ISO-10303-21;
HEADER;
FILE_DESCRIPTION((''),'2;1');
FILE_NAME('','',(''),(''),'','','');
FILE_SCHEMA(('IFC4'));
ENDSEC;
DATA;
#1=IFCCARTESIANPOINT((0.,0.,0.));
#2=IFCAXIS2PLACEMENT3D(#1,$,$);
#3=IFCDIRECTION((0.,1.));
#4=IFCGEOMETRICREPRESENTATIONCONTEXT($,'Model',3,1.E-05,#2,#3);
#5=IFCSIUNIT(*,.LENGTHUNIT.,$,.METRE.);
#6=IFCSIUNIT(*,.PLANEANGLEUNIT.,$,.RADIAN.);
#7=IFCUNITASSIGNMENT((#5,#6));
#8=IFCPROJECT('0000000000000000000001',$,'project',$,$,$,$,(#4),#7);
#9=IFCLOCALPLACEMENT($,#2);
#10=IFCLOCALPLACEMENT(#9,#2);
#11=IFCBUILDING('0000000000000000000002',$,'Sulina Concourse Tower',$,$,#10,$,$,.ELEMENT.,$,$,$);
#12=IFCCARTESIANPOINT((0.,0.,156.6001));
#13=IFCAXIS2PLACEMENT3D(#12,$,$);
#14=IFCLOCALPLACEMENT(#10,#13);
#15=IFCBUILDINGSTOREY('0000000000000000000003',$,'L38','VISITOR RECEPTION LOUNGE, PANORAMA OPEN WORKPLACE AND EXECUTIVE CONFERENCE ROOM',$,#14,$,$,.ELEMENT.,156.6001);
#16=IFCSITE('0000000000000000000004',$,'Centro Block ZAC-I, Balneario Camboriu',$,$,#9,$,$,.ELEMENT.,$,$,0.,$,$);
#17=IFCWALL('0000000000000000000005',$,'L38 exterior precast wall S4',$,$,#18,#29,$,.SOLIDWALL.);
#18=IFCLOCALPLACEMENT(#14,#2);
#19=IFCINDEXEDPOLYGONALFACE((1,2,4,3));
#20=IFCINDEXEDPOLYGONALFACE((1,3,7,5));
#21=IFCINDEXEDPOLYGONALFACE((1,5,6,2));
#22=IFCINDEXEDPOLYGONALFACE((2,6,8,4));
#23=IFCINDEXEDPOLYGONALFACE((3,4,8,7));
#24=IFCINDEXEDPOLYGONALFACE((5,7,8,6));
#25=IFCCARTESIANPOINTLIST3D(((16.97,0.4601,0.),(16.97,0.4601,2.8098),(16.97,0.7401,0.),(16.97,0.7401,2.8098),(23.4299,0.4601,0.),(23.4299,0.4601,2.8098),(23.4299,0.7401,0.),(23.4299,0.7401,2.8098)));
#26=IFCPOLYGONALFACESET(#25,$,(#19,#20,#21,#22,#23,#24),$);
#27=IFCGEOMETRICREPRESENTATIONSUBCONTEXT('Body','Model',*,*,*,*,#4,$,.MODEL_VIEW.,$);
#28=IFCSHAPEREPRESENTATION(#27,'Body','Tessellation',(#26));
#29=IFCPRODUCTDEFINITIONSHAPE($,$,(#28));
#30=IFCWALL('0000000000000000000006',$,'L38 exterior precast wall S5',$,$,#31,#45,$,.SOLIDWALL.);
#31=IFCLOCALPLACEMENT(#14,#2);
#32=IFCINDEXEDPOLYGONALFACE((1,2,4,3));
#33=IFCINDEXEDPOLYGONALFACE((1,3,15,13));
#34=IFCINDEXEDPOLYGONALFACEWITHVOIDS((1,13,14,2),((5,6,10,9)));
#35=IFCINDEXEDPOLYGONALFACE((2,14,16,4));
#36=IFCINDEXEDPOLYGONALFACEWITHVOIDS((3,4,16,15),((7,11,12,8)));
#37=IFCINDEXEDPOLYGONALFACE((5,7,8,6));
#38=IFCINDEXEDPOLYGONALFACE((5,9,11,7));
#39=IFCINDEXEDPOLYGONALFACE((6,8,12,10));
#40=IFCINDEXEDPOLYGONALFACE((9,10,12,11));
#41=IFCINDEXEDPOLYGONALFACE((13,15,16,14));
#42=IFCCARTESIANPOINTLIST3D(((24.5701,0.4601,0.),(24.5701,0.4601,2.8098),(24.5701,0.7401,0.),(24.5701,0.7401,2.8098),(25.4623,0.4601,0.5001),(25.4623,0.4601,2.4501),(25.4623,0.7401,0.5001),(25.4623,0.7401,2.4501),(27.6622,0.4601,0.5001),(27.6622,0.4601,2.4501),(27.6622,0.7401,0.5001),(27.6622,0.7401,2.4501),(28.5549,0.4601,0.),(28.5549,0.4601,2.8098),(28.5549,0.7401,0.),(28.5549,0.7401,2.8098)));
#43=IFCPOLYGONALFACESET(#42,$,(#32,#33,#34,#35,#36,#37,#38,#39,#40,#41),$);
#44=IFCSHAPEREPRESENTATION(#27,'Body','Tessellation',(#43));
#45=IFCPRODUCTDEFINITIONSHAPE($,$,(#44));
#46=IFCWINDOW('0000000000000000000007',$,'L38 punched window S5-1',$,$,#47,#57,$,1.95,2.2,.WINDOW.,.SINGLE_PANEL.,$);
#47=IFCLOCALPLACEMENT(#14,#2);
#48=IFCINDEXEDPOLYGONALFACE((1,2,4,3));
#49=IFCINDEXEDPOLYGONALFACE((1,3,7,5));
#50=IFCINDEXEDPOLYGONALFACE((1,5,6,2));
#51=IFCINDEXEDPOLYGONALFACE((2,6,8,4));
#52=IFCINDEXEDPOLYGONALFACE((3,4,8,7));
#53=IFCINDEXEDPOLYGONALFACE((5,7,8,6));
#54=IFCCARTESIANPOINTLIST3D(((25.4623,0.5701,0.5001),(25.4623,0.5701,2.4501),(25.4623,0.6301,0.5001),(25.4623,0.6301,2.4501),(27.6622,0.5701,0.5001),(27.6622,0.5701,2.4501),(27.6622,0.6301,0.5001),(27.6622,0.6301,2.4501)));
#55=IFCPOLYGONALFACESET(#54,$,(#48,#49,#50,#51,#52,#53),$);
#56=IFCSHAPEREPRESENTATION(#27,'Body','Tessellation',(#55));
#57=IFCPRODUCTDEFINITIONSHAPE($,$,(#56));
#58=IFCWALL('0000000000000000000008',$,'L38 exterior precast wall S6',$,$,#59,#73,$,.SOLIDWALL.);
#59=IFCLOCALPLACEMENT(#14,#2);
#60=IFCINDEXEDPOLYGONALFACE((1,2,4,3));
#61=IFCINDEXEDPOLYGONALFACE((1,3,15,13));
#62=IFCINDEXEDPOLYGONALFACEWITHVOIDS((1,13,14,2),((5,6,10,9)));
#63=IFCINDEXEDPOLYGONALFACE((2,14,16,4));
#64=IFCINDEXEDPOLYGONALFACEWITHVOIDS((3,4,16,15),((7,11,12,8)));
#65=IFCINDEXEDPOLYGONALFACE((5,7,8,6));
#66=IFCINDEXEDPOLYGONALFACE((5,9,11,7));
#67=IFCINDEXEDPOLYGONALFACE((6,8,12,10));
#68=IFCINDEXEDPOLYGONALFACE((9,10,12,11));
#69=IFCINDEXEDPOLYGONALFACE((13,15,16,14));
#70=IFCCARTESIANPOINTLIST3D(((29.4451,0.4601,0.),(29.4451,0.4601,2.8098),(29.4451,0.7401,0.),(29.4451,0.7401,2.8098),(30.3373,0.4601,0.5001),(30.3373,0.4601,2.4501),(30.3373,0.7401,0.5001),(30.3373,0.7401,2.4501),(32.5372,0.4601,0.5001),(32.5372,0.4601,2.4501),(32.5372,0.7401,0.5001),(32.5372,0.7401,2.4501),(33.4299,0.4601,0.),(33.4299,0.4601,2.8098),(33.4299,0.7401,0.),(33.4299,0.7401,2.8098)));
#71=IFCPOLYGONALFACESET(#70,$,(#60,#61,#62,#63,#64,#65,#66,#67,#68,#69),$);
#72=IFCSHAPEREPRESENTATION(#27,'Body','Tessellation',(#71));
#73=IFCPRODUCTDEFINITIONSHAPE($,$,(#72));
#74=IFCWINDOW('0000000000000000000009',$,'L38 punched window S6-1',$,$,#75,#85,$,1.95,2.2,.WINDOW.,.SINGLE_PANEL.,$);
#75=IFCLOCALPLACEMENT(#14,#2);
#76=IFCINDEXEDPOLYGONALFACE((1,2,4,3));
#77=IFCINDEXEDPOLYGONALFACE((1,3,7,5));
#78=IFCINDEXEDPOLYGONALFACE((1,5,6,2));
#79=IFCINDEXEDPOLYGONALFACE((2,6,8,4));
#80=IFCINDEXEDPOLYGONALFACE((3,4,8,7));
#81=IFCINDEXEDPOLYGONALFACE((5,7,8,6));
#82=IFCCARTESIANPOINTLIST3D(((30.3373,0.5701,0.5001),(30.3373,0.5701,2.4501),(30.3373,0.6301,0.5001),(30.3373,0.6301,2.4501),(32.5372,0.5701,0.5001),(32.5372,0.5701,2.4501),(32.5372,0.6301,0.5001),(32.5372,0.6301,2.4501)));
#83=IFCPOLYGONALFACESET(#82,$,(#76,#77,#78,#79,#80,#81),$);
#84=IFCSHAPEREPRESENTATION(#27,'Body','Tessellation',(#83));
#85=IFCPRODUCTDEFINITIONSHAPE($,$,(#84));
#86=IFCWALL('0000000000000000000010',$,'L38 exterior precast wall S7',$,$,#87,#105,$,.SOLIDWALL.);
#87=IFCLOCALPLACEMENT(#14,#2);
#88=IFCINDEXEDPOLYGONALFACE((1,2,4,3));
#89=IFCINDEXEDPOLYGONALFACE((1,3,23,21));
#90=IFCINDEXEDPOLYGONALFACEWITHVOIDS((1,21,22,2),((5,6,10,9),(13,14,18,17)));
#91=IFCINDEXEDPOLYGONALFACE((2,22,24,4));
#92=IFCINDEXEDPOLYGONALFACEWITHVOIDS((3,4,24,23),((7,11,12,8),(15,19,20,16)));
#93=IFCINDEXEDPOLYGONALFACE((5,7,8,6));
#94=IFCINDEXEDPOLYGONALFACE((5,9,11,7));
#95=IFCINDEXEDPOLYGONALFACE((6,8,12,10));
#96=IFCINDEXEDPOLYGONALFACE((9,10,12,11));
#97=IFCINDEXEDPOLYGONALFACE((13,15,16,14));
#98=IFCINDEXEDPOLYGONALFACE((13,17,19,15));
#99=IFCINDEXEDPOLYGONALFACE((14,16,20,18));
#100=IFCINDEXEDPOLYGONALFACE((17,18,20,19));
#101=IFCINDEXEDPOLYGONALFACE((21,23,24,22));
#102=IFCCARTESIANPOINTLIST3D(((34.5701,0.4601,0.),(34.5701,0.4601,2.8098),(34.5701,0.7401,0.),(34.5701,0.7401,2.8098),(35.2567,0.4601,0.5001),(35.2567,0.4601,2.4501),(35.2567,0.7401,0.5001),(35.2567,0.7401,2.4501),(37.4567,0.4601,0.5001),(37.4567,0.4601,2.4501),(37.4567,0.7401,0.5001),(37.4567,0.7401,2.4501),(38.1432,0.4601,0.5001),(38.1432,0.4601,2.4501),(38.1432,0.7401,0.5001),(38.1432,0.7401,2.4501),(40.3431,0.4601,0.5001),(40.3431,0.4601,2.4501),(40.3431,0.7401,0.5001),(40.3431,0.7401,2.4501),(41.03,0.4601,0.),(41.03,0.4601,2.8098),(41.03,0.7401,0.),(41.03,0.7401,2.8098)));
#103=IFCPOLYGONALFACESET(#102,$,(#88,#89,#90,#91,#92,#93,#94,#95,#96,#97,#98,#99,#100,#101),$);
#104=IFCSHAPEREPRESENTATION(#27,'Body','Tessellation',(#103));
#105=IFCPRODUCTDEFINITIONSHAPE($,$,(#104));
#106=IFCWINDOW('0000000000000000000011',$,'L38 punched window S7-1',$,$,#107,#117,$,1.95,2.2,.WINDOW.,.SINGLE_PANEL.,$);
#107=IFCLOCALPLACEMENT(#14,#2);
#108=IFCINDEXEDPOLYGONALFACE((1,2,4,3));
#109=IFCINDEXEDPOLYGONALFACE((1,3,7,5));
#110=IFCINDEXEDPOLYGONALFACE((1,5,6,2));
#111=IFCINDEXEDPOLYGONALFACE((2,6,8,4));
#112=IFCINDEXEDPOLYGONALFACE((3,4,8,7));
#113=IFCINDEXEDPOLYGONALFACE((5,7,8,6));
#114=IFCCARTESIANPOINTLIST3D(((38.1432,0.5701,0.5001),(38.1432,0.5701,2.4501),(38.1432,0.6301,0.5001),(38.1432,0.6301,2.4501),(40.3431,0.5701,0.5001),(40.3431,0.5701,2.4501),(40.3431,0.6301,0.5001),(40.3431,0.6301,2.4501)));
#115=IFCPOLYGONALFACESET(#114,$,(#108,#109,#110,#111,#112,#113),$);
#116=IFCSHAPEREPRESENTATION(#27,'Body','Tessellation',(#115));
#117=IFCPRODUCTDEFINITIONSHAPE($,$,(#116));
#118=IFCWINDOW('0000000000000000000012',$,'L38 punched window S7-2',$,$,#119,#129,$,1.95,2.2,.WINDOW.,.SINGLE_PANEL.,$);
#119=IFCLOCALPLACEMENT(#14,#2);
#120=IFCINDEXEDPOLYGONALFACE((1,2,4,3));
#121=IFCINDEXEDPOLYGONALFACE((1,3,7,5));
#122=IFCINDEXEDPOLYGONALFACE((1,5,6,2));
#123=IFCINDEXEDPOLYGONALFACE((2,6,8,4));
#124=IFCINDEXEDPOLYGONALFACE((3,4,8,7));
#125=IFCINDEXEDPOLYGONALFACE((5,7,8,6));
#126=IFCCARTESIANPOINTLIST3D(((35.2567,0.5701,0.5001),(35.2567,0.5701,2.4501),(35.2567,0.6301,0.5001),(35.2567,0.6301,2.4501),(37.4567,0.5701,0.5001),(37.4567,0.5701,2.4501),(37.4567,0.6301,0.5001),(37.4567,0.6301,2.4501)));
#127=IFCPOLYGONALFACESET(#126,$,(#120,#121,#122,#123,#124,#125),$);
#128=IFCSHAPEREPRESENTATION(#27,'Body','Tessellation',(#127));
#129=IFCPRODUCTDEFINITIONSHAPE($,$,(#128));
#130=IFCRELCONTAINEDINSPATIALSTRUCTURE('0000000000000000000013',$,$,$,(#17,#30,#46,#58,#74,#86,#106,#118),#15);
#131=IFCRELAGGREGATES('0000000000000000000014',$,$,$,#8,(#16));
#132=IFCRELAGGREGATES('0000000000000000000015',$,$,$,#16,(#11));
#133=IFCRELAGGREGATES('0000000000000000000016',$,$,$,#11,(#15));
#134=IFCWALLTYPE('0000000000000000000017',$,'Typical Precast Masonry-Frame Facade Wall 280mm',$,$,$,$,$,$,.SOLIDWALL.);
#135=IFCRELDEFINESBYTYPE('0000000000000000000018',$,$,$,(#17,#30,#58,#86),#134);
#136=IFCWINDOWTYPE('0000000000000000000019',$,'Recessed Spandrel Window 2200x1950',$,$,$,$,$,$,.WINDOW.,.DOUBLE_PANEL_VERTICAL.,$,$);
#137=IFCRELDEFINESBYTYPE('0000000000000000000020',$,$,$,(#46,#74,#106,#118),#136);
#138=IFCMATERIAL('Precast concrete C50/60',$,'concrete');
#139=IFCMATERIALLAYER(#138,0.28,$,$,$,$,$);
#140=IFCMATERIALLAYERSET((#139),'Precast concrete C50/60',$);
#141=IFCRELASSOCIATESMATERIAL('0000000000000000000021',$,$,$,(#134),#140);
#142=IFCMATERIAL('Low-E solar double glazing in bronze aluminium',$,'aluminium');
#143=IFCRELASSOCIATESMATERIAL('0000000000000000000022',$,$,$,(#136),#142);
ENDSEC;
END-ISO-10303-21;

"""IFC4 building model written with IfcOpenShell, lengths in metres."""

from ifc_helpers import new_model, si_unit, direction, frame, frame_2d, origin, place, context, subcontext, project, spatial, rectangle, extrude, material, layer, layer_set, type_object, element, fill, save


model = new_model("IFC4")

# Units and contexts
model_context = context("Model", 3, precision=1e-05, world=origin(), true_north=direction((0.0, 1.0)))
body_context = subcontext(model_context, "Body", "Model", "MODEL_VIEW")
ifc_project = project(units=[si_unit("LENGTHUNIT", "METRE"), si_unit("PLANEANGLEUNIT", "RADIAN")], contexts=[model_context])

# Site, building, storey
site_placement = place(None, origin())
site = spatial("IfcSite", under=ifc_project, at=site_placement, Name="Centro Block ZAC-I, Balneario Camboriu", CompositionType="ELEMENT", RefElevation=0.0)
building_placement = place(site_placement, origin())
building = spatial("IfcBuilding", under=site, at=building_placement, Name="Sulina Concourse Tower", CompositionType="ELEMENT")
storey_placement = place(building_placement, frame((0.0, 0.0, 156.6001)))
storey = spatial("IfcBuildingStorey", under=building, at=storey_placement, Name="L38", Description="VISITOR RECEPTION LOUNGE, PANORAMA OPEN WORKPLACE AND EXECUTIVE CONFERENCE ROOM", CompositionType="ELEMENT", Elevation=156.6001)

# Wall
ifc_material_1 = material(Name="Precast concrete C50/60", Category="concrete")
ifc_layer_1 = layer(ifc_material_1, 0.28)
ifc_layer_set_1 = layer_set([ifc_layer_1], Name="Precast concrete C50/60")
wall_type_1 = type_object("IfcWallType", Name="Typical Precast Masonry-Frame Facade Wall 280mm", PredefinedType="SOLIDWALL", material=ifc_layer_set_1)
wall_1_placement = place(storey_placement, frame((23.4299, 0.6001, 0.0), z_axis=(0.0, 0.0, 1.0), x_axis=(-1.0, 0.0, 0.0)))
element("IfcWall", 1, at=wall_1_placement, inside=storey, type_object=wall_type_1, Name="L38 exterior precast wall S4", PredefinedType="SOLIDWALL", context=body_context, shape_type="SweptSolid", body=[
    extrude(rectangle(XDim=6.46, YDim=0.28, at=frame_2d((3.23, 0.0))), origin(), (0.0, 0.0, 1.0), 2.8098),
])

# Walls, openings, windows
wall_2_placement = place(storey_placement, frame((28.5549, 0.6001, 0.0), z_axis=(0.0, 0.0, 1.0), x_axis=(-1.0, 0.0, 0.0)))
wall_2 = element("IfcWall", 2, at=wall_2_placement, inside=storey, type_object=wall_type_1, Name="L38 exterior precast wall S5", PredefinedType="SOLIDWALL", context=body_context, shape_type="SweptSolid", body=[
    extrude(rectangle(XDim=3.9849, YDim=0.28, at=frame_2d((1.9924, 0.0))), origin(), (0.0, 0.0, 1.0), 2.8098),
])
opening_1_placement = place(wall_2_placement, frame((0.8926, 0.0, 0.5)))
opening_1 = element("IfcOpeningElement", 3, at=opening_1_placement, cuts=wall_2, PredefinedType="OPENING", context=body_context, shape_type="SweptSolid", body=[
    extrude(rectangle(XDim=2.2, YDim=1.95, at=frame_2d((1.1001, 0.9751))), frame((0.0, 0.1499, 0.0), z_axis=(0.0, -1.0, 0.0), x_axis=(1.0, 0.0, 0.0)), (0.0, 0.0, 1.0), 0.3),
])
ifc_material_2 = material(Name="Low-E solar double glazing in bronze aluminium", Category="aluminium")
window_type = type_object("IfcWindowType", Name="Recessed Spandrel Window 2200x1950", PartitioningType="DOUBLE_PANEL_VERTICAL", PredefinedType="WINDOW", material=ifc_material_2)
window_1_placement = place(opening_1_placement, origin())
window_1 = element("IfcWindow", 4, at=window_1_placement, inside=storey, type_object=window_type, Name="L38 punched window S5-1", OverallHeight=1.95, OverallWidth=2.2, PartitioningType="SINGLE_PANEL", PredefinedType="WINDOW", context=body_context, shape_type="SweptSolid", body=[
    extrude(rectangle(XDim=2.2, YDim=1.95, at=frame_2d((1.1001, 0.9751))), frame((0.0, 0.03, 0.0), z_axis=(0.0, -1.0, 0.0), x_axis=(1.0, 0.0, 0.0)), (0.0, 0.0, 1.0), 0.0601),
])
fill(opening_1, window_1)
wall_3_placement = place(storey_placement, frame((33.4299, 0.6001, 0.0), z_axis=(0.0, 0.0, 1.0), x_axis=(-1.0, 0.0, 0.0)))
wall_3 = element("IfcWall", 5, at=wall_3_placement, inside=storey, type_object=wall_type_1, Name="L38 exterior precast wall S6", PredefinedType="SOLIDWALL", context=body_context, shape_type="SweptSolid", body=[
    extrude(rectangle(XDim=3.9849, YDim=0.28, at=frame_2d((1.9924, 0.0))), origin(), (0.0, 0.0, 1.0), 2.8098),
])
opening_2_placement = place(wall_3_placement, frame((0.8926, 0.0, 0.5)))
opening_2 = element("IfcOpeningElement", 6, at=opening_2_placement, cuts=wall_3, PredefinedType="OPENING", context=body_context, shape_type="SweptSolid", body=[
    extrude(rectangle(XDim=2.2, YDim=1.95, at=frame_2d((1.1001, 0.9751))), frame((0.0, 0.1499, 0.0), z_axis=(0.0, -1.0, 0.0), x_axis=(1.0, 0.0, 0.0)), (0.0, 0.0, 1.0), 0.3),
])
window_2_placement = place(opening_2_placement, origin())
window_2 = element("IfcWindow", 7, at=window_2_placement, inside=storey, type_object=window_type, Name="L38 punched window S6-1", OverallHeight=1.95, OverallWidth=2.2, PartitioningType="SINGLE_PANEL", PredefinedType="WINDOW", context=body_context, shape_type="SweptSolid", body=[
    extrude(rectangle(XDim=2.2, YDim=1.95, at=frame_2d((1.1001, 0.9751))), frame((0.0, 0.03, 0.0), z_axis=(0.0, -1.0, 0.0), x_axis=(1.0, 0.0, 0.0)), (0.0, 0.0, 1.0), 0.0601),
])
fill(opening_2, window_2)

# Wall, openings, windows
wall_4_placement = place(storey_placement, frame((41.03, 0.6001, 0.0), z_axis=(0.0, 0.0, 1.0), x_axis=(-1.0, 0.0, 0.0)))
wall_4 = element("IfcWall", 8, at=wall_4_placement, inside=storey, type_object=wall_type_1, Name="L38 exterior precast wall S7", PredefinedType="SOLIDWALL", context=body_context, shape_type="SweptSolid", body=[
    extrude(rectangle(XDim=6.46, YDim=0.28, at=frame_2d((3.23, 0.0))), origin(), (0.0, 0.0, 1.0), 2.8098),
])
opening_3_placement = place(wall_4_placement, frame((0.6868, 0.0, 0.5)))
opening_3 = element("IfcOpeningElement", 9, at=opening_3_placement, cuts=wall_4, PredefinedType="OPENING", context=body_context, shape_type="SweptSolid", body=[
    extrude(rectangle(XDim=2.2, YDim=1.95, at=frame_2d((1.1001, 0.9751))), frame((0.0, 0.1499, 0.0), z_axis=(0.0, -1.0, 0.0), x_axis=(1.0, 0.0, 0.0)), (0.0, 0.0, 1.0), 0.3),
])
opening_4_placement = place(wall_4_placement, frame((3.5732, 0.0, 0.5)))
opening_4 = element("IfcOpeningElement", 10, at=opening_4_placement, cuts=wall_4, PredefinedType="OPENING", context=body_context, shape_type="SweptSolid", body=[
    extrude(rectangle(XDim=2.2, YDim=1.95, at=frame_2d((1.1001, 0.9751))), frame((0.0, 0.1499, 0.0), z_axis=(0.0, -1.0, 0.0), x_axis=(1.0, 0.0, 0.0)), (0.0, 0.0, 1.0), 0.3),
])
window_3_placement = place(opening_3_placement, origin())
window_3 = element("IfcWindow", 11, at=window_3_placement, inside=storey, type_object=window_type, Name="L38 punched window S7-1", OverallHeight=1.95, OverallWidth=2.2, PartitioningType="SINGLE_PANEL", PredefinedType="WINDOW", context=body_context, shape_type="SweptSolid", body=[
    extrude(rectangle(XDim=2.2, YDim=1.95, at=frame_2d((1.1001, 0.9751))), frame((0.0, 0.03, 0.0), z_axis=(0.0, -1.0, 0.0), x_axis=(1.0, 0.0, 0.0)), (0.0, 0.0, 1.0), 0.0601),
])
fill(opening_3, window_3)
window_4_placement = place(opening_4_placement, origin())
window_4 = element("IfcWindow", 12, at=window_4_placement, inside=storey, type_object=window_type, Name="L38 punched window S7-2", OverallHeight=1.95, OverallWidth=2.2, PartitioningType="SINGLE_PANEL", PredefinedType="WINDOW", context=body_context, shape_type="SweptSolid", body=[
    extrude(rectangle(XDim=2.2, YDim=1.95, at=frame_2d((1.1001, 0.9751))), frame((0.0, 0.03, 0.0), z_axis=(0.0, -1.0, 0.0), x_axis=(1.0, 0.0, 0.0)), (0.0, 0.0, 1.0), 0.0601),
])
fill(opening_4, window_4)

save(model, "model.ifc")
